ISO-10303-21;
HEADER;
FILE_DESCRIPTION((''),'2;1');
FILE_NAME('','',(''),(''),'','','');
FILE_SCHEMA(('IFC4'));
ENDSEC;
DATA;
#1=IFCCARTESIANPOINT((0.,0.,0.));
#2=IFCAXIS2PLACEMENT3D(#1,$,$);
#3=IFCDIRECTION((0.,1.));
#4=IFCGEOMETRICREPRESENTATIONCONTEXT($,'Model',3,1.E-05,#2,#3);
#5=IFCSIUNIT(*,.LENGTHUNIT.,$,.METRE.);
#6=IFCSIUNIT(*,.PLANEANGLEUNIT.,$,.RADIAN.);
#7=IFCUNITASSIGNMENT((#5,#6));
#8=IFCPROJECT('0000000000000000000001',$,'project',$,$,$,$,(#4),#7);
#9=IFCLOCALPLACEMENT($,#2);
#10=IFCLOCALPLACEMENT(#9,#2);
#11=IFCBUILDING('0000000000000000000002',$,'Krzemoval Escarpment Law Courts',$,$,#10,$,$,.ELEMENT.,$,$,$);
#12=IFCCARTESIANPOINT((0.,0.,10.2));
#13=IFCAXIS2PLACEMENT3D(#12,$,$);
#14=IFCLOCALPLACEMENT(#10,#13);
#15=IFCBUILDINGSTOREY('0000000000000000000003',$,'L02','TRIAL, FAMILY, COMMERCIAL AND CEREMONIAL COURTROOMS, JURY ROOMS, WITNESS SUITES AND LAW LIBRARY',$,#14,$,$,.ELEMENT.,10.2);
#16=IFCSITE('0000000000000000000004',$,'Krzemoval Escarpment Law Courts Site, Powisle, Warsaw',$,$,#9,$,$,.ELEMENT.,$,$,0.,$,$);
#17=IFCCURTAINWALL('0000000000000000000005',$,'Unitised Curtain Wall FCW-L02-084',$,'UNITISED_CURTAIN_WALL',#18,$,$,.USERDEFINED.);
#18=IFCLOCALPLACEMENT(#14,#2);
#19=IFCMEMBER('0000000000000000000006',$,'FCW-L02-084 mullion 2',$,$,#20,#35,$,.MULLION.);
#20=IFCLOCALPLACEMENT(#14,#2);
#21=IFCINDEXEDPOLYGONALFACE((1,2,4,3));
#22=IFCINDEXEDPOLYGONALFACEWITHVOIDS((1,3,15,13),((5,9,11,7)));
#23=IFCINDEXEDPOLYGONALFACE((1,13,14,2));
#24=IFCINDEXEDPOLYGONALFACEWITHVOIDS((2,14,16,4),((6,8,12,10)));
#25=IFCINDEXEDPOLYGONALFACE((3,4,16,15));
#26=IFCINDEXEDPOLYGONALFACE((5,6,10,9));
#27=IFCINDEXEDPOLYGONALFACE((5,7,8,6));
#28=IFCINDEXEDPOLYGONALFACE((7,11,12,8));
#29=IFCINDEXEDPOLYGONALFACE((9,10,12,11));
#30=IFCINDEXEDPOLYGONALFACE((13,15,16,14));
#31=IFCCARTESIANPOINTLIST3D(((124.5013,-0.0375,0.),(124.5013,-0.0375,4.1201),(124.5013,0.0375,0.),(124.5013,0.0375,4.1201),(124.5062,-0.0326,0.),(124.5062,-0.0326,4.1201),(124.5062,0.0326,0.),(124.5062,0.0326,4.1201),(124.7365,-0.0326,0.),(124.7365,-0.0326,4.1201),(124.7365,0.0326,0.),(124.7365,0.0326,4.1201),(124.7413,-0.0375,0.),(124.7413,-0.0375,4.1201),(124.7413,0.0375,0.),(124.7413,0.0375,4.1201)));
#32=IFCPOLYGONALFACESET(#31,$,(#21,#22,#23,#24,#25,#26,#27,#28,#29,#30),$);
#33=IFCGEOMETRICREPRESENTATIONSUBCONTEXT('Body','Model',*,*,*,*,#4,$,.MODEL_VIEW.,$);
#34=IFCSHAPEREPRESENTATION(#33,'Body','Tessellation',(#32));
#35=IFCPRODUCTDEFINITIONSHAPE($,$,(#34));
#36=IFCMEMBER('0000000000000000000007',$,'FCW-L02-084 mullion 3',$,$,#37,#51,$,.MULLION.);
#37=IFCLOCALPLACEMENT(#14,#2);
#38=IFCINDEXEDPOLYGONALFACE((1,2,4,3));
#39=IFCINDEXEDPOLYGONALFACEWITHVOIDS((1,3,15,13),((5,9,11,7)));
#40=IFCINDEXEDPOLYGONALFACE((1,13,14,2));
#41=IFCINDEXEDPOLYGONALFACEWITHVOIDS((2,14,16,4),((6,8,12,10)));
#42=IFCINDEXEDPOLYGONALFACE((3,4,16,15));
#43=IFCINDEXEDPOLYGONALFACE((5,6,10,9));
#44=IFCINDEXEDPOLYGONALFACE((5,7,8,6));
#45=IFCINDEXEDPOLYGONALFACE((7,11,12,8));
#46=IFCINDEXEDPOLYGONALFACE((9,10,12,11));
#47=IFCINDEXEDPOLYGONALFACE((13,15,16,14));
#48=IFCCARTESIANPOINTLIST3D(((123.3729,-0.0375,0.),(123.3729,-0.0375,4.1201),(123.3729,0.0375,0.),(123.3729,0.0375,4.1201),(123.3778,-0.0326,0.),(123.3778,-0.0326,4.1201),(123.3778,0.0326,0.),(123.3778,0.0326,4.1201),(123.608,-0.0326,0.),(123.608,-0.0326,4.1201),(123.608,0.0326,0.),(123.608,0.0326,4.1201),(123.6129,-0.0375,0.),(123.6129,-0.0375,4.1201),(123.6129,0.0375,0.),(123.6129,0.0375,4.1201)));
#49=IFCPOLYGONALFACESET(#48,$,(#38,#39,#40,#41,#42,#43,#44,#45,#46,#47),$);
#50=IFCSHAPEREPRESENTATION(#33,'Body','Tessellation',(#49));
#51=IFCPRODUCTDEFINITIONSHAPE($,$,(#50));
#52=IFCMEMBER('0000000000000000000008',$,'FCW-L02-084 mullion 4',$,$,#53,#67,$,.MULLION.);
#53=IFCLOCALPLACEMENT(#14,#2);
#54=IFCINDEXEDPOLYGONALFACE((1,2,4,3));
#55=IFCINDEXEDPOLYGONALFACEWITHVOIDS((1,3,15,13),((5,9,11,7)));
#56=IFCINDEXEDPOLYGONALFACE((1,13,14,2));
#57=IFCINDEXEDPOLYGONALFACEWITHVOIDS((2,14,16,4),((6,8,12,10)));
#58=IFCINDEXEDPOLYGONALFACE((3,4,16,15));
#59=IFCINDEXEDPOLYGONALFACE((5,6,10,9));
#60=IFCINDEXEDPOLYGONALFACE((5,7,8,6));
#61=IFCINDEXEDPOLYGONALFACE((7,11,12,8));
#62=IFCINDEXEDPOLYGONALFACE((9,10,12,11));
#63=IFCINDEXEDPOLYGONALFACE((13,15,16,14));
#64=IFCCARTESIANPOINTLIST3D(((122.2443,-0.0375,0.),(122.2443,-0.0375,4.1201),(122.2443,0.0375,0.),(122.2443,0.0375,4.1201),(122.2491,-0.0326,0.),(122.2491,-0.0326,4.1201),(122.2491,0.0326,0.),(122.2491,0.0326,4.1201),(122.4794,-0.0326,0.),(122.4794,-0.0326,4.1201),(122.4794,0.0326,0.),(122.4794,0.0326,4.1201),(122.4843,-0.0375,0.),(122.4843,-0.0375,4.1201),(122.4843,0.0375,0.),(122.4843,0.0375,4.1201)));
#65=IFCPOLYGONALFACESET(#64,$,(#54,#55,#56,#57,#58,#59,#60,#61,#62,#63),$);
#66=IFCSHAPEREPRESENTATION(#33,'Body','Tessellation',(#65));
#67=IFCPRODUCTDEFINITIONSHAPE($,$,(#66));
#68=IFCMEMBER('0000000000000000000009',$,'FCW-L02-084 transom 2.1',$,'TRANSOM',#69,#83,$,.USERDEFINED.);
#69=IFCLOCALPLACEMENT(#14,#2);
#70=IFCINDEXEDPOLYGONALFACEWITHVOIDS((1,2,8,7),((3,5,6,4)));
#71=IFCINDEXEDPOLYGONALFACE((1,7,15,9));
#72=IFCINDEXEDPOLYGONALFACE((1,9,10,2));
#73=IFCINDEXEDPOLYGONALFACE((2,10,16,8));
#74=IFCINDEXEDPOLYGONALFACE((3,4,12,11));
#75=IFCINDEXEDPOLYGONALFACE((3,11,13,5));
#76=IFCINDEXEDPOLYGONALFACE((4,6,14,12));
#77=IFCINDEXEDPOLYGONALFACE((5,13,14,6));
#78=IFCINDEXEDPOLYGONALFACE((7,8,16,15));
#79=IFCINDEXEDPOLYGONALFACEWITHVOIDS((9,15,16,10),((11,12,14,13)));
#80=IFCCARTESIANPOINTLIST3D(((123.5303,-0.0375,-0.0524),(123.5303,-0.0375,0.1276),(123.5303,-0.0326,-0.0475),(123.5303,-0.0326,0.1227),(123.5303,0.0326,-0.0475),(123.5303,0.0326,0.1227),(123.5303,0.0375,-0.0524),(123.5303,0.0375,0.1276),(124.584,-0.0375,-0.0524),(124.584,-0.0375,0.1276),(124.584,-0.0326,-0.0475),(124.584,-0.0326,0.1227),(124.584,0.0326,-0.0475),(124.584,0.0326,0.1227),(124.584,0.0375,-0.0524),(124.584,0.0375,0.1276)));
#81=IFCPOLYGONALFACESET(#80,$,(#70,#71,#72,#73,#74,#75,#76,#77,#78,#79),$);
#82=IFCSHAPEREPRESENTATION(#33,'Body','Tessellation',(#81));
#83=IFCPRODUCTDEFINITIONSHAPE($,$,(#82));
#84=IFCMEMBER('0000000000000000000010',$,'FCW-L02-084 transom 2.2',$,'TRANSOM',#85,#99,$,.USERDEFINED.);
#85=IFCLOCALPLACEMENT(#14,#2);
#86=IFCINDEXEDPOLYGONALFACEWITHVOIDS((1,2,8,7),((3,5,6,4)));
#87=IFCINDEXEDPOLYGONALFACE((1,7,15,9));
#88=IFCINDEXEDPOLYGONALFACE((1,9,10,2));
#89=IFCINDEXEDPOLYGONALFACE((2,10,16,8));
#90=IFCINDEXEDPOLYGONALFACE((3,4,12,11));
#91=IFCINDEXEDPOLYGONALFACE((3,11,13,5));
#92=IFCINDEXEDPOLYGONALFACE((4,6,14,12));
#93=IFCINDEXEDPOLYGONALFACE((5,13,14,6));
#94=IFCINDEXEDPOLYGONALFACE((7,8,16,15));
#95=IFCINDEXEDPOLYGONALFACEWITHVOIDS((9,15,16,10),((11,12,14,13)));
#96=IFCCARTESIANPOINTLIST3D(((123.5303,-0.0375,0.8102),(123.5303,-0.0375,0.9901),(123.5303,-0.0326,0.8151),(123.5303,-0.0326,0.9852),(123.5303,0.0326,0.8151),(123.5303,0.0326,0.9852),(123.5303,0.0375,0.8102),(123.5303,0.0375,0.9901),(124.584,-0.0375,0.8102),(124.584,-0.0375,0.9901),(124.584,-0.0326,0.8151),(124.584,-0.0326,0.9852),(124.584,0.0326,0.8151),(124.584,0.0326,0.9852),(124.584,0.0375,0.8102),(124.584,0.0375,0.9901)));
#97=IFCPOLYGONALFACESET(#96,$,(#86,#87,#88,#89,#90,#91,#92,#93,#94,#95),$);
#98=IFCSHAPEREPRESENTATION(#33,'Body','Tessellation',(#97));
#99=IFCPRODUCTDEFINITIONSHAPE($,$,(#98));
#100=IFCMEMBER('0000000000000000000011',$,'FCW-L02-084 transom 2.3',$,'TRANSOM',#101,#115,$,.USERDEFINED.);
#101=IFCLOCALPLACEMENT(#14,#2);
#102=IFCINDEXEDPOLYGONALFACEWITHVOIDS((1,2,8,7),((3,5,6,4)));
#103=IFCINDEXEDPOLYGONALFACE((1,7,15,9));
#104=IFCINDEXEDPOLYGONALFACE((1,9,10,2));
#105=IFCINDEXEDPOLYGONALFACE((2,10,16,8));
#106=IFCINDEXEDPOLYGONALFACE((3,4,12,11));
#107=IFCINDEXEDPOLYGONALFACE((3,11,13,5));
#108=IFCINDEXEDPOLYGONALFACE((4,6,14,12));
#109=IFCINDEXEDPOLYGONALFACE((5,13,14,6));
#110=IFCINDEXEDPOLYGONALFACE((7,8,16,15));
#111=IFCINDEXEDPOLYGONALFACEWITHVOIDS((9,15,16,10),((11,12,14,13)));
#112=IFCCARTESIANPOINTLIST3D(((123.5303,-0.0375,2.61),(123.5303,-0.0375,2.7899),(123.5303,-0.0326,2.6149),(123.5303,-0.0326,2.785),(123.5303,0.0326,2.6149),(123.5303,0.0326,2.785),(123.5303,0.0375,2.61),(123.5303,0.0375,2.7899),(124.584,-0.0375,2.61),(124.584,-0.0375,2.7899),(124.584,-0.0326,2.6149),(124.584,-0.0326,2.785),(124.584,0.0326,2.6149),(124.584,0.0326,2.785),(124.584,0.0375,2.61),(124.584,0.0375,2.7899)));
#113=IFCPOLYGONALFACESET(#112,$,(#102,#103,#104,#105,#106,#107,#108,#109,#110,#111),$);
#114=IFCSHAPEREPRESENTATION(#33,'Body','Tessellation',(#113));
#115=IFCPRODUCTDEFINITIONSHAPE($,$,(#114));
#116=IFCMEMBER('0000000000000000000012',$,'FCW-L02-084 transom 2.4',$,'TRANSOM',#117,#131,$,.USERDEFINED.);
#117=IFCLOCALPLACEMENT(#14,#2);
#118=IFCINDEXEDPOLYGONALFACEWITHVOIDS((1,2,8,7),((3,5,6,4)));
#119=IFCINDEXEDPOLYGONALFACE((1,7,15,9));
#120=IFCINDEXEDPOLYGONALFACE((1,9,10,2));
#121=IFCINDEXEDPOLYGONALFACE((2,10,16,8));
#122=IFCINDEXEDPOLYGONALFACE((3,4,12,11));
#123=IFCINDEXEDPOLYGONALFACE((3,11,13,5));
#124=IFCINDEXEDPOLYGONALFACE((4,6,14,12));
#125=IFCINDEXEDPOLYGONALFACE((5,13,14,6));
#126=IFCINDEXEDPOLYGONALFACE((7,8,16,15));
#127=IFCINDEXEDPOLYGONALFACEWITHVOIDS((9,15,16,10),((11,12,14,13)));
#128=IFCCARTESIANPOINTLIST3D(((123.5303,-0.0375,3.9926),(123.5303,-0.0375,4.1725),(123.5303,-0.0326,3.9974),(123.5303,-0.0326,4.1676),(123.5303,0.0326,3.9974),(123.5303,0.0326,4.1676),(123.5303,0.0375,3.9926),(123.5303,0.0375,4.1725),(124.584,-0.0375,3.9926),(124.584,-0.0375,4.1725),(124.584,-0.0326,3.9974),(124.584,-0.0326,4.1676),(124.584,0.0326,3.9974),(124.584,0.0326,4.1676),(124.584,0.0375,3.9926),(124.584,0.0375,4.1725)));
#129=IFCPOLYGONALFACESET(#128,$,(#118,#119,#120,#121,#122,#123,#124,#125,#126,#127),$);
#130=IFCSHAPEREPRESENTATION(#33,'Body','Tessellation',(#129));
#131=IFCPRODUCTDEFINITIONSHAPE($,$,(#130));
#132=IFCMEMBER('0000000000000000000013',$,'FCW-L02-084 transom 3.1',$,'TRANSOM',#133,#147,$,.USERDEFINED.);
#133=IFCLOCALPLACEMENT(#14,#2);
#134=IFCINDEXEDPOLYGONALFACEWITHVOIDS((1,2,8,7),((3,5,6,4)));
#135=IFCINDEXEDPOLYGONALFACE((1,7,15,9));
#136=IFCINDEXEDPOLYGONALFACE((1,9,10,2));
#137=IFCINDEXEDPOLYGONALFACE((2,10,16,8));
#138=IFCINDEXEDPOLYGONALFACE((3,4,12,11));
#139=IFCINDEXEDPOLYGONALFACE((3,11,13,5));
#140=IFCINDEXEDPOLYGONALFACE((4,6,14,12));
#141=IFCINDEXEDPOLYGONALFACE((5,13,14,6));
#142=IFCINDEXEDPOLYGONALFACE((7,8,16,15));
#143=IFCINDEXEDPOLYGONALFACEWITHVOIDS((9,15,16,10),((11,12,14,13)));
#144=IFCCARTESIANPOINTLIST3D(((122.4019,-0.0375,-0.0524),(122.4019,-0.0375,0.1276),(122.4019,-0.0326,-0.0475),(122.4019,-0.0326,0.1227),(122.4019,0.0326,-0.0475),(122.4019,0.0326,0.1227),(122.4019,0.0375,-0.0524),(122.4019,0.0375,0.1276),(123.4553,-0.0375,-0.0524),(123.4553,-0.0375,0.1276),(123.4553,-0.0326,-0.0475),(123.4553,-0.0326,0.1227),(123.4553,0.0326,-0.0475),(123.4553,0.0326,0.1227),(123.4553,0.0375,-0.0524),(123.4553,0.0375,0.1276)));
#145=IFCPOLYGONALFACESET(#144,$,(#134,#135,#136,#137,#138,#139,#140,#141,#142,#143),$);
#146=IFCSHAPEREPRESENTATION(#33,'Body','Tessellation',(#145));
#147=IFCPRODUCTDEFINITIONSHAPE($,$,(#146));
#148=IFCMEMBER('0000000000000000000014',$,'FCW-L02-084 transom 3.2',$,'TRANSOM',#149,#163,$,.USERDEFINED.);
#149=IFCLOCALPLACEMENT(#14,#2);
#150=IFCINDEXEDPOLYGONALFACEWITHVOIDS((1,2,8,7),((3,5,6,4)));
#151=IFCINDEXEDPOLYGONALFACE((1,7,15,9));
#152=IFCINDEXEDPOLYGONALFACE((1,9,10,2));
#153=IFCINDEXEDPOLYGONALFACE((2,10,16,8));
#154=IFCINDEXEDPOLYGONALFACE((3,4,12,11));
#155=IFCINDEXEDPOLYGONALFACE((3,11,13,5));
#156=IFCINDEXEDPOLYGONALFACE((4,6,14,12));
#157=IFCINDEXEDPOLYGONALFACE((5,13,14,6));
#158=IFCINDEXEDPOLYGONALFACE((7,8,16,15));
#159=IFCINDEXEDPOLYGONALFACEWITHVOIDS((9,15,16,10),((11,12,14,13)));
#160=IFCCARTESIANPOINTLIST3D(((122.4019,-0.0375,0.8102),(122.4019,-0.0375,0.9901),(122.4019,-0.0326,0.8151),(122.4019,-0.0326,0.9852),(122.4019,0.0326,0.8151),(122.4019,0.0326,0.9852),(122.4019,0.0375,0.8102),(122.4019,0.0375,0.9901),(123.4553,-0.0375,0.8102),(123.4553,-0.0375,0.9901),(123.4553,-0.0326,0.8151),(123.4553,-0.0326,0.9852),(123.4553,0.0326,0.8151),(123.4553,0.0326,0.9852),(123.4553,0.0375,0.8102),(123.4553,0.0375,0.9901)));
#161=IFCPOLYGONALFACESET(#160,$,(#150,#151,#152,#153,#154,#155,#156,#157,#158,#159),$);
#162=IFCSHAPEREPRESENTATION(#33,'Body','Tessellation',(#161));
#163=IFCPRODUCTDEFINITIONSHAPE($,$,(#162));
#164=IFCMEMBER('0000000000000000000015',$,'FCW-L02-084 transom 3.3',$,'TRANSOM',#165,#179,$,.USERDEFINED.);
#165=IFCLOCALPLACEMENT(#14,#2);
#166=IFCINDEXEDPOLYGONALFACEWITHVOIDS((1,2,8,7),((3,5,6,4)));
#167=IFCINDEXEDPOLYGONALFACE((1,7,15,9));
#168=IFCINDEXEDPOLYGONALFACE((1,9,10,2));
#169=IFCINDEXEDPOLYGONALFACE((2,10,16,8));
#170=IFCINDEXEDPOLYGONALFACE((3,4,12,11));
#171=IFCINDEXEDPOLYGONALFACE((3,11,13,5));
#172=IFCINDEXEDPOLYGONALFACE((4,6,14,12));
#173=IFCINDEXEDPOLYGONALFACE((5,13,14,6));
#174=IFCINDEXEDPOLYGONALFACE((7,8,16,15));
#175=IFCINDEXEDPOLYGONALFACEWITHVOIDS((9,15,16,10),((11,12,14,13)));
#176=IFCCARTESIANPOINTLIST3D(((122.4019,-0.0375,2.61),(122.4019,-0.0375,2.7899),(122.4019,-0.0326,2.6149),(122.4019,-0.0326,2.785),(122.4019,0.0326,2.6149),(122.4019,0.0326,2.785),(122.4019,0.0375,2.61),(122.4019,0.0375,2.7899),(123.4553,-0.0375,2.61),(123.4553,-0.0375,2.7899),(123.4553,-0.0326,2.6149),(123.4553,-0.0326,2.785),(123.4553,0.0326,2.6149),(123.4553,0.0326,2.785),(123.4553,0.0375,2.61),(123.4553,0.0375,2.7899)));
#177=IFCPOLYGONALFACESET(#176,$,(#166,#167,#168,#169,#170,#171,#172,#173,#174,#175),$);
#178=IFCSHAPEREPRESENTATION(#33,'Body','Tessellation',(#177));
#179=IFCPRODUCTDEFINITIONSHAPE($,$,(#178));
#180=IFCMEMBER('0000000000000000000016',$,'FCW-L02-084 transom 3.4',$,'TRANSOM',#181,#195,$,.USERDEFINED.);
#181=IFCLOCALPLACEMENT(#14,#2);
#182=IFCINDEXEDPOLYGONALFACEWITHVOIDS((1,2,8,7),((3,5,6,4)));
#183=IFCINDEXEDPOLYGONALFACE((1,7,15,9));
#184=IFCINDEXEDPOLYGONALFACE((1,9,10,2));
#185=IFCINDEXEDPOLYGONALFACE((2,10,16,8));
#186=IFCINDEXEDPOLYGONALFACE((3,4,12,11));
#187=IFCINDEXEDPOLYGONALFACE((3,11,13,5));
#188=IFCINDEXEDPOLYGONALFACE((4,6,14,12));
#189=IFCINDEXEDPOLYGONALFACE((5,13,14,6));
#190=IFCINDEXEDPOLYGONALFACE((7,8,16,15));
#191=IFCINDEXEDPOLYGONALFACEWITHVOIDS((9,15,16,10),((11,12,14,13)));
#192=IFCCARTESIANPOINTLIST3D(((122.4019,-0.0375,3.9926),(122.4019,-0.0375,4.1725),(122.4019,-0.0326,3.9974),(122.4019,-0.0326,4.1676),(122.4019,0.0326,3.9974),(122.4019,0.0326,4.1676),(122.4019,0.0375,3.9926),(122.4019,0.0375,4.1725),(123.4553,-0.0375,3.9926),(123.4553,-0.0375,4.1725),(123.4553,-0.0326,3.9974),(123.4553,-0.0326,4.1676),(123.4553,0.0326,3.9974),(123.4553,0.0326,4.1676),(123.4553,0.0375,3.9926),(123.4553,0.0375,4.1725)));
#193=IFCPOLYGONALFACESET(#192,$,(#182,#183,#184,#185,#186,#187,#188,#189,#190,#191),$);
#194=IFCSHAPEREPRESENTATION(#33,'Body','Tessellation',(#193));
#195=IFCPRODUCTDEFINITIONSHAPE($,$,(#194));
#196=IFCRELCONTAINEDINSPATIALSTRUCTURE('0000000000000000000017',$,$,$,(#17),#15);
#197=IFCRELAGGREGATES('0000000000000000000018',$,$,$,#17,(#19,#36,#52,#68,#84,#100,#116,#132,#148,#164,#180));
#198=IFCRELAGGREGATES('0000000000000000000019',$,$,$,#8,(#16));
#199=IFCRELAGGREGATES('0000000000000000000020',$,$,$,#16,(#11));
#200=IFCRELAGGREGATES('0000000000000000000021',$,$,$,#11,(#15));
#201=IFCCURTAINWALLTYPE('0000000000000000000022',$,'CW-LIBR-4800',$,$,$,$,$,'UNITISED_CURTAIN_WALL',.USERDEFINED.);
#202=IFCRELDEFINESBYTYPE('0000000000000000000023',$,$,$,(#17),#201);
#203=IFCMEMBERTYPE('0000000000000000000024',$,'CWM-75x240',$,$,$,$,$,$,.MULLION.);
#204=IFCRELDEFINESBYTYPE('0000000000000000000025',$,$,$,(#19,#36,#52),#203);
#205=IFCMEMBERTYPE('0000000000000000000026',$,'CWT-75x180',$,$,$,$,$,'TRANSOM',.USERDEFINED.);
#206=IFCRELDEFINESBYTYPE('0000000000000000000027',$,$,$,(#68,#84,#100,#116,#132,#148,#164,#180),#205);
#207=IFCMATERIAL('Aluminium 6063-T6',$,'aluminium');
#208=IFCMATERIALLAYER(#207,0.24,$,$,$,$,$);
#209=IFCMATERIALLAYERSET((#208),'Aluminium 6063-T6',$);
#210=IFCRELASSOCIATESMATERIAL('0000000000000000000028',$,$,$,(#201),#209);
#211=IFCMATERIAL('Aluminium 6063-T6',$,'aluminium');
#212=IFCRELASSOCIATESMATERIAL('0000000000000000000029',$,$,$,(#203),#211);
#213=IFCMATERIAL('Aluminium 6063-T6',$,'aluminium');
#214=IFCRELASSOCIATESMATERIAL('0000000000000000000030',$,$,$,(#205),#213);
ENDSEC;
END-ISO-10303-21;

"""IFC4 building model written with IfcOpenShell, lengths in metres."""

from ifc_helpers import new_model, si_unit, direction, frame, origin, origin_2d, place, context, subcontext, project, spatial, hollow_rectangle, extrude, material, layer, layer_set, material_profile, profile_set, type_object, element, aggregate, save


model = new_model("IFC4")

# Units and contexts
model_context = context("Model", 3, precision=1e-05, world=origin(), true_north=direction((0.0, 1.0)))
body_context = subcontext(model_context, "Body", "Model", "MODEL_VIEW")
ifc_project = project(units=[si_unit("LENGTHUNIT", "METRE"), si_unit("PLANEANGLEUNIT", "RADIAN")], contexts=[model_context])

# Site, building, storey
site_placement = place(None, origin())
site = spatial("IfcSite", under=ifc_project, at=site_placement, Name="Krzemoval Escarpment Law Courts Site, Powisle, Warsaw", CompositionType="ELEMENT", RefElevation=0.0)
building_placement = place(site_placement, origin())
building = spatial("IfcBuilding", under=site, at=building_placement, Name="Krzemoval Escarpment Law Courts", CompositionType="ELEMENT")
storey_placement = place(building_placement, frame((0.0, 0.0, 10.2)))
storey = spatial("IfcBuildingStorey", under=building, at=storey_placement, Name="L02", Description="TRIAL, FAMILY, COMMERCIAL AND CEREMONIAL COURTROOMS, JURY ROOMS, WITNESS SUITES AND LAW LIBRARY", CompositionType="ELEMENT", Elevation=10.2)

# Curtain wall, members
ifc_material_1 = material(Name="Aluminium 6063-T6", Category="aluminium")
ifc_layer_1 = layer(ifc_material_1, 0.24)
ifc_layer_set_1 = layer_set([ifc_layer_1], Name="Aluminium 6063-T6")
curtain_wall_type = type_object("IfcCurtainWallType", Name="CW-LIBR-4800", ElementType="UNITISED_CURTAIN_WALL", PredefinedType="USERDEFINED", material=ifc_layer_set_1)
curtain_wall_placement = place(storey_placement, origin())
curtain_wall = element("IfcCurtainWall", 1, at=curtain_wall_placement, inside=storey, type_object=curtain_wall_type, Name="Unitised Curtain Wall FCW-L02-084", ObjectType="UNITISED_CURTAIN_WALL", PredefinedType="USERDEFINED")
ifc_material_2 = material(Name="Aluminium 6063-T6", Category="aluminium")
ifc_material_profile_1 = material_profile(ifc_material_2, hollow_rectangle(XDim=0.075, YDim=0.24, WallThickness=0.0049, at=origin_2d()), Name="ALU M75x240")
ifc_profile_set_1 = profile_set([ifc_material_profile_1], Name="Aluminium 6063-T6")
member_type_1 = type_object("IfcMemberType", Name="CWM-75x240", PredefinedType="MULLION", material=ifc_profile_set_1)
member_1_placement = place(storey_placement, frame((124.6213, 0.0, 0.0), z_axis=(0.0, 0.0, 1.0), x_axis=(0.0, -1.0, 0.0)))
member_1 = element("IfcMember", 2, at=member_1_placement, type_object=member_type_1, Name="FCW-L02-084 mullion 2", PredefinedType="MULLION", context=body_context, shape_type="SweptSolid", body=[
    extrude(hollow_rectangle(XDim=0.075, YDim=0.24, WallThickness=0.0049, at=origin_2d()), origin(), (0.0, 0.0, 1.0), 4.1201),
])
member_2_placement = place(storey_placement, frame((123.4929, 0.0, 0.0), z_axis=(0.0, 0.0, 1.0), x_axis=(0.0, -1.0, 0.0)))
member_2 = element("IfcMember", 3, at=member_2_placement, type_object=member_type_1, Name="FCW-L02-084 mullion 3", PredefinedType="MULLION", context=body_context, shape_type="SweptSolid", body=[
    extrude(hollow_rectangle(XDim=0.075, YDim=0.24, WallThickness=0.0049, at=origin_2d()), origin(), (0.0, 0.0, 1.0), 4.1201),
])
member_3_placement = place(storey_placement, frame((122.3643, 0.0, 0.0), z_axis=(0.0, 0.0, 1.0), x_axis=(0.0, -1.0, 0.0)))
member_3 = element("IfcMember", 4, at=member_3_placement, type_object=member_type_1, Name="FCW-L02-084 mullion 4", PredefinedType="MULLION", context=body_context, shape_type="SweptSolid", body=[
    extrude(hollow_rectangle(XDim=0.075, YDim=0.24, WallThickness=0.0049, at=origin_2d()), origin(), (0.0, 0.0, 1.0), 4.1201),
])
ifc_material_3 = material(Name="Aluminium 6063-T6", Category="aluminium")
ifc_material_profile_2 = material_profile(ifc_material_3, hollow_rectangle(XDim=0.075, YDim=0.1799, WallThickness=0.0049, at=origin_2d()), Name="ALU T75x180")
ifc_profile_set_2 = profile_set([ifc_material_profile_2], Name="Aluminium 6063-T6")
member_type_2 = type_object("IfcMemberType", Name="CWT-75x180", ElementType="TRANSOM", PredefinedType="USERDEFINED", material=ifc_profile_set_2)
member_4_placement = place(storey_placement, frame((124.584, 0.0, 0.0376), z_axis=(-1.0, 0.0, 0.0), x_axis=(0.0, -1.0, 0.0)))
member_4 = element("IfcMember", 5, at=member_4_placement, type_object=member_type_2, Name="FCW-L02-084 transom 2.1", ObjectType="TRANSOM", PredefinedType="USERDEFINED", context=body_context, shape_type="SweptSolid", body=[
    extrude(hollow_rectangle(XDim=0.075, YDim=0.1799, WallThickness=0.0049, at=origin_2d()), origin(), (0.0, 0.0, 1.0), 1.0537),
])
member_5_placement = place(storey_placement, frame((124.584, 0.0, 0.9001), z_axis=(-1.0, 0.0, 0.0), x_axis=(0.0, -1.0, 0.0)))
member_5 = element("IfcMember", 6, at=member_5_placement, type_object=member_type_2, Name="FCW-L02-084 transom 2.2", ObjectType="TRANSOM", PredefinedType="USERDEFINED", context=body_context, shape_type="SweptSolid", body=[
    extrude(hollow_rectangle(XDim=0.075, YDim=0.1799, WallThickness=0.0049, at=origin_2d()), origin(), (0.0, 0.0, 1.0), 1.0537),
])
member_6_placement = place(storey_placement, frame((124.584, 0.0, 2.7), z_axis=(-1.0, 0.0, 0.0), x_axis=(0.0, -1.0, 0.0)))
member_6 = element("IfcMember", 7, at=member_6_placement, type_object=member_type_2, Name="FCW-L02-084 transom 2.3", ObjectType="TRANSOM", PredefinedType="USERDEFINED", context=body_context, shape_type="SweptSolid", body=[
    extrude(hollow_rectangle(XDim=0.075, YDim=0.1799, WallThickness=0.0049, at=origin_2d()), origin(), (0.0, 0.0, 1.0), 1.0537),
])
member_7_placement = place(storey_placement, frame((124.584, 0.0, 4.0825), z_axis=(-1.0, 0.0, 0.0), x_axis=(0.0, -1.0, 0.0)))
member_7 = element("IfcMember", 8, at=member_7_placement, type_object=member_type_2, Name="FCW-L02-084 transom 2.4", ObjectType="TRANSOM", PredefinedType="USERDEFINED", context=body_context, shape_type="SweptSolid", body=[
    extrude(hollow_rectangle(XDim=0.075, YDim=0.1799, WallThickness=0.0049, at=origin_2d()), origin(), (0.0, 0.0, 1.0), 1.0537),
])
member_8_placement = place(storey_placement, frame((123.4553, 0.0, 0.0376), z_axis=(-1.0, 0.0, 0.0), x_axis=(0.0, -1.0, 0.0)))
member_8 = element("IfcMember", 9, at=member_8_placement, type_object=member_type_2, Name="FCW-L02-084 transom 3.1", ObjectType="TRANSOM", PredefinedType="USERDEFINED", context=body_context, shape_type="SweptSolid", body=[
    extrude(hollow_rectangle(XDim=0.075, YDim=0.1799, WallThickness=0.0049, at=origin_2d()), origin(), (0.0, 0.0, 1.0), 1.0535),
])
member_9_placement = place(storey_placement, frame((123.4553, 0.0, 0.9001), z_axis=(-1.0, 0.0, 0.0), x_axis=(0.0, -1.0, 0.0)))
member_9 = element("IfcMember", 10, at=member_9_placement, type_object=member_type_2, Name="FCW-L02-084 transom 3.2", ObjectType="TRANSOM", PredefinedType="USERDEFINED", context=body_context, shape_type="SweptSolid", body=[
    extrude(hollow_rectangle(XDim=0.075, YDim=0.1799, WallThickness=0.0049, at=origin_2d()), origin(), (0.0, 0.0, 1.0), 1.0535),
])
member_10_placement = place(storey_placement, frame((123.4553, 0.0, 2.7), z_axis=(-1.0, 0.0, 0.0), x_axis=(0.0, -1.0, 0.0)))
member_10 = element("IfcMember", 11, at=member_10_placement, type_object=member_type_2, Name="FCW-L02-084 transom 3.3", ObjectType="TRANSOM", PredefinedType="USERDEFINED", context=body_context, shape_type="SweptSolid", body=[
    extrude(hollow_rectangle(XDim=0.075, YDim=0.1799, WallThickness=0.0049, at=origin_2d()), origin(), (0.0, 0.0, 1.0), 1.0535),
])
member_11_placement = place(storey_placement, frame((123.4553, 0.0, 4.0825), z_axis=(-1.0, 0.0, 0.0), x_axis=(0.0, -1.0, 0.0)))
member_11 = element("IfcMember", 12, at=member_11_placement, type_object=member_type_2, Name="FCW-L02-084 transom 3.4", ObjectType="TRANSOM", PredefinedType="USERDEFINED", context=body_context, shape_type="SweptSolid", body=[
    extrude(hollow_rectangle(XDim=0.075, YDim=0.1799, WallThickness=0.0049, at=origin_2d()), origin(), (0.0, 0.0, 1.0), 1.0535),
])
aggregate(curtain_wall, [member_1, member_2, member_3, member_4, member_5, member_6, member_7, member_8, member_9, member_10, member_11])

save(model, "model.ifc")
